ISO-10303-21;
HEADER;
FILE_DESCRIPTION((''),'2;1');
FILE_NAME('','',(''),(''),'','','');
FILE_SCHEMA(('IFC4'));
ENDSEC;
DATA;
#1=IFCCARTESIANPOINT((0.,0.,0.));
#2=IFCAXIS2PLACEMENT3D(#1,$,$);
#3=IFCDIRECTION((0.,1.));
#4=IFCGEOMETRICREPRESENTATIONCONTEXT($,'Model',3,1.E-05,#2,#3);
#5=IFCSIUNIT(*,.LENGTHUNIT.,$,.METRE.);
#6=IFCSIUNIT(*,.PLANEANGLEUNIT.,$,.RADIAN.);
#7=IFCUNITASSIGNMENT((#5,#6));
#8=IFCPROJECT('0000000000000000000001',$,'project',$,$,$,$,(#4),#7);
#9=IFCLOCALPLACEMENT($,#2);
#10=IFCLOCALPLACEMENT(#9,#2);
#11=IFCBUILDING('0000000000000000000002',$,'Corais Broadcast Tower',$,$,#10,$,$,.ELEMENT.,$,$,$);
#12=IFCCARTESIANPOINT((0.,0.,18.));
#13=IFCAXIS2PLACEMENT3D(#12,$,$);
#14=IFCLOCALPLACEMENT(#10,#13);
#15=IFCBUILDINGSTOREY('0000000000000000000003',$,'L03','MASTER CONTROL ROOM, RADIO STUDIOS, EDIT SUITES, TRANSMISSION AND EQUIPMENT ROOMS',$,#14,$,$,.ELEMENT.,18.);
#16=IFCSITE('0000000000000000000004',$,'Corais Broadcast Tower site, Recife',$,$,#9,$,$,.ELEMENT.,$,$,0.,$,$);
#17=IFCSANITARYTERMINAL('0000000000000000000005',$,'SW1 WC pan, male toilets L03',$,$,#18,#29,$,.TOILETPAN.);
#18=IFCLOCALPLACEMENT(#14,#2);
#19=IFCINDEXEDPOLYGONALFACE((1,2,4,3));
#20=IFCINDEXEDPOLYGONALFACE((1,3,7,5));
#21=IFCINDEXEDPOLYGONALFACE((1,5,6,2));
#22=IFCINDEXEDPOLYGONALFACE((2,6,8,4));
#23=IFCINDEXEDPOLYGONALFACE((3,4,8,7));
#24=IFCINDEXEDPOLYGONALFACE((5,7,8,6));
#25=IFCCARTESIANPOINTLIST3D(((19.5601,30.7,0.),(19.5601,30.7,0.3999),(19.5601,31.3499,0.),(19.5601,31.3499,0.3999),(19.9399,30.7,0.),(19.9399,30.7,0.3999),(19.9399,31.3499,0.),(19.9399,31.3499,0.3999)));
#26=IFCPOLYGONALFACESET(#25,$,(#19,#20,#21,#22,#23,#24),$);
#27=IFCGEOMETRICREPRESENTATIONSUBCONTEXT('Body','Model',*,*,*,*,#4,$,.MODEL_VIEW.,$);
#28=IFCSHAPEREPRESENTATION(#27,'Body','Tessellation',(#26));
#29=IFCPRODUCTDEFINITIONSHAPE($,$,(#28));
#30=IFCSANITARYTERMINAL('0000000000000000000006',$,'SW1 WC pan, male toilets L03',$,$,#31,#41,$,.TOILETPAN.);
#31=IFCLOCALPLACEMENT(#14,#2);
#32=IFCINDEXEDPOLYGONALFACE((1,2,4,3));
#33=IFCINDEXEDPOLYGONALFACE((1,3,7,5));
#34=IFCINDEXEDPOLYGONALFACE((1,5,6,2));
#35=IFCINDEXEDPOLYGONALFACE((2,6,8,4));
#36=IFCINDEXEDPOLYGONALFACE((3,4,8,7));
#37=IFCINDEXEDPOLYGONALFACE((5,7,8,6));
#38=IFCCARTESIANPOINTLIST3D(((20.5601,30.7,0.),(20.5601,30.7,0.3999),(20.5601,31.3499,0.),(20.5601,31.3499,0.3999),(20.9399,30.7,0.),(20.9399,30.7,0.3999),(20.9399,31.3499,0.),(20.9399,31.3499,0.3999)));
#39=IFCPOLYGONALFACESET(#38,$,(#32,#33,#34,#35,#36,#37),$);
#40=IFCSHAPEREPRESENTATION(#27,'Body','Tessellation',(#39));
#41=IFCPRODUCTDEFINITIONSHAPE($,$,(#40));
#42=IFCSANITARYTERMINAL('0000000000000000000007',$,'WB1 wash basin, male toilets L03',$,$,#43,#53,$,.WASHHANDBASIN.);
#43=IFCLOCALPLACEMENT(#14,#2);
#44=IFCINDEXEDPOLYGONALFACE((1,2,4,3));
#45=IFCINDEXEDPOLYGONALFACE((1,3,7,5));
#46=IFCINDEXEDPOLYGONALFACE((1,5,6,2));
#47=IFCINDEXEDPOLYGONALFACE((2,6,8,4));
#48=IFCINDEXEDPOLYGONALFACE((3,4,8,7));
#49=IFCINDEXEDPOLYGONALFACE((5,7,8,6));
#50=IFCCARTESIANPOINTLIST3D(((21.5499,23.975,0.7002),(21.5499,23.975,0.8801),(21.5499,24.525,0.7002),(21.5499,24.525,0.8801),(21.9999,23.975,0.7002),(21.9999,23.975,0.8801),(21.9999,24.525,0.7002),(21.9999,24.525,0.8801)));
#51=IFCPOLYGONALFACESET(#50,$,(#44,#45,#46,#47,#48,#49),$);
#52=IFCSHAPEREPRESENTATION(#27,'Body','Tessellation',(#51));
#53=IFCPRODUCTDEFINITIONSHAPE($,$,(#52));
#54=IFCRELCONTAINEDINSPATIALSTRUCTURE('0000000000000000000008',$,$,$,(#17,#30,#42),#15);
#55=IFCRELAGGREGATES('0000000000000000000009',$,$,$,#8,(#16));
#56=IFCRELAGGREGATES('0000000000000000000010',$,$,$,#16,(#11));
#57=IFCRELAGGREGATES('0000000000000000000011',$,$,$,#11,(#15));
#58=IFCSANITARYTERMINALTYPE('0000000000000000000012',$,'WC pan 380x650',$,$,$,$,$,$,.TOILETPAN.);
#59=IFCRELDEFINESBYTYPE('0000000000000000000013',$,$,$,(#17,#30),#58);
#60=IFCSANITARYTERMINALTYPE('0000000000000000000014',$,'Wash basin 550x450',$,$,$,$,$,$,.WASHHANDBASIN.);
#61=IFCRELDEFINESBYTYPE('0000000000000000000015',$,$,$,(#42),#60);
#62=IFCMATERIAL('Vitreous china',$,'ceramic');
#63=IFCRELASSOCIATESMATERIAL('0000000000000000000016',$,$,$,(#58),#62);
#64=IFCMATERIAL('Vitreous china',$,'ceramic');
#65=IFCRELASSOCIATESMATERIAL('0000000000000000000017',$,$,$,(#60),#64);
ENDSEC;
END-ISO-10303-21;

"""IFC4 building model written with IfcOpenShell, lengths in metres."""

from ifc_helpers import new_model, si_unit, direction, frame, origin, origin_2d, place, context, subcontext, project, spatial, rectangle, extrude, material, type_object, element, save


model = new_model("IFC4")

# Units and contexts
model_context = context("Model", 3, precision=1e-05, world=origin(), true_north=direction((0.0, 1.0)))
body_context = subcontext(model_context, "Body", "Model", "MODEL_VIEW")
ifc_project = project(units=[si_unit("LENGTHUNIT", "METRE"), si_unit("PLANEANGLEUNIT", "RADIAN")], contexts=[model_context])

# Site, building, storey
site_placement = place(None, origin())
site = spatial("IfcSite", under=ifc_project, at=site_placement, Name="Corais Broadcast Tower site, Recife", CompositionType="ELEMENT", RefElevation=0.0)
building_placement = place(site_placement, origin())
building = spatial("IfcBuilding", under=site, at=building_placement, Name="Corais Broadcast Tower", CompositionType="ELEMENT")
storey_placement = place(building_placement, frame((0.0, 0.0, 18.0)))
storey = spatial("IfcBuildingStorey", under=building, at=storey_placement, Name="L03", Description="MASTER CONTROL ROOM, RADIO STUDIOS, EDIT SUITES, TRANSMISSION AND EQUIPMENT ROOMS", CompositionType="ELEMENT", Elevation=18.0)

# Sanitary terminals
ifc_material_1 = material(Name="Vitreous china", Category="ceramic")
sanitary_terminal_type_1 = type_object("IfcSanitaryTerminalType", Name="WC pan 380x650", PredefinedType="TOILETPAN", material=ifc_material_1)
for number, where, z_axis, x_axis, name in (
    (1, (19.75, 31.0249, 0.0), (0.0, 0.0, 1.0), (1.0, 0.0, 0.0), "SW1 WC pan, male toilets L03"),
    (2, (20.75, 31.0249, 0.0), (0.0, 0.0, 1.0), (1.0, 0.0, 0.0), "SW1 WC pan, male toilets L03"),
):
    element("IfcSanitaryTerminal", number, at=place(storey_placement, frame(where, z_axis=z_axis, x_axis=x_axis)), inside=storey, type_object=sanitary_terminal_type_1, Name=name, PredefinedType="TOILETPAN", context=body_context, shape_type="SweptSolid", body=[
        extrude(rectangle(XDim=0.3799, YDim=0.6499, at=origin_2d()), origin(), (0.0, 0.0, 1.0), 0.3999),
    ])
ifc_material_2 = material(Name="Vitreous china", Category="ceramic")
sanitary_terminal_type_2 = type_object("IfcSanitaryTerminalType", Name="Wash basin 550x450", PredefinedType="WASHHANDBASIN", material=ifc_material_2)
sanitary_terminal_placement = place(storey_placement, frame((21.7749, 24.25, 0.7002), z_axis=(0.0, 0.0, 1.0), x_axis=(1.0, 0.0, 0.0)))
element("IfcSanitaryTerminal", 3, at=sanitary_terminal_placement, inside=storey, type_object=sanitary_terminal_type_2, Name="WB1 wash basin, male toilets L03", PredefinedType="WASHHANDBASIN", context=body_context, shape_type="SweptSolid", body=[
    extrude(rectangle(XDim=0.45, YDim=0.55, at=origin_2d()), origin(), (0.0, 0.0, 1.0), 0.1799),
])

save(model, "model.ifc")
